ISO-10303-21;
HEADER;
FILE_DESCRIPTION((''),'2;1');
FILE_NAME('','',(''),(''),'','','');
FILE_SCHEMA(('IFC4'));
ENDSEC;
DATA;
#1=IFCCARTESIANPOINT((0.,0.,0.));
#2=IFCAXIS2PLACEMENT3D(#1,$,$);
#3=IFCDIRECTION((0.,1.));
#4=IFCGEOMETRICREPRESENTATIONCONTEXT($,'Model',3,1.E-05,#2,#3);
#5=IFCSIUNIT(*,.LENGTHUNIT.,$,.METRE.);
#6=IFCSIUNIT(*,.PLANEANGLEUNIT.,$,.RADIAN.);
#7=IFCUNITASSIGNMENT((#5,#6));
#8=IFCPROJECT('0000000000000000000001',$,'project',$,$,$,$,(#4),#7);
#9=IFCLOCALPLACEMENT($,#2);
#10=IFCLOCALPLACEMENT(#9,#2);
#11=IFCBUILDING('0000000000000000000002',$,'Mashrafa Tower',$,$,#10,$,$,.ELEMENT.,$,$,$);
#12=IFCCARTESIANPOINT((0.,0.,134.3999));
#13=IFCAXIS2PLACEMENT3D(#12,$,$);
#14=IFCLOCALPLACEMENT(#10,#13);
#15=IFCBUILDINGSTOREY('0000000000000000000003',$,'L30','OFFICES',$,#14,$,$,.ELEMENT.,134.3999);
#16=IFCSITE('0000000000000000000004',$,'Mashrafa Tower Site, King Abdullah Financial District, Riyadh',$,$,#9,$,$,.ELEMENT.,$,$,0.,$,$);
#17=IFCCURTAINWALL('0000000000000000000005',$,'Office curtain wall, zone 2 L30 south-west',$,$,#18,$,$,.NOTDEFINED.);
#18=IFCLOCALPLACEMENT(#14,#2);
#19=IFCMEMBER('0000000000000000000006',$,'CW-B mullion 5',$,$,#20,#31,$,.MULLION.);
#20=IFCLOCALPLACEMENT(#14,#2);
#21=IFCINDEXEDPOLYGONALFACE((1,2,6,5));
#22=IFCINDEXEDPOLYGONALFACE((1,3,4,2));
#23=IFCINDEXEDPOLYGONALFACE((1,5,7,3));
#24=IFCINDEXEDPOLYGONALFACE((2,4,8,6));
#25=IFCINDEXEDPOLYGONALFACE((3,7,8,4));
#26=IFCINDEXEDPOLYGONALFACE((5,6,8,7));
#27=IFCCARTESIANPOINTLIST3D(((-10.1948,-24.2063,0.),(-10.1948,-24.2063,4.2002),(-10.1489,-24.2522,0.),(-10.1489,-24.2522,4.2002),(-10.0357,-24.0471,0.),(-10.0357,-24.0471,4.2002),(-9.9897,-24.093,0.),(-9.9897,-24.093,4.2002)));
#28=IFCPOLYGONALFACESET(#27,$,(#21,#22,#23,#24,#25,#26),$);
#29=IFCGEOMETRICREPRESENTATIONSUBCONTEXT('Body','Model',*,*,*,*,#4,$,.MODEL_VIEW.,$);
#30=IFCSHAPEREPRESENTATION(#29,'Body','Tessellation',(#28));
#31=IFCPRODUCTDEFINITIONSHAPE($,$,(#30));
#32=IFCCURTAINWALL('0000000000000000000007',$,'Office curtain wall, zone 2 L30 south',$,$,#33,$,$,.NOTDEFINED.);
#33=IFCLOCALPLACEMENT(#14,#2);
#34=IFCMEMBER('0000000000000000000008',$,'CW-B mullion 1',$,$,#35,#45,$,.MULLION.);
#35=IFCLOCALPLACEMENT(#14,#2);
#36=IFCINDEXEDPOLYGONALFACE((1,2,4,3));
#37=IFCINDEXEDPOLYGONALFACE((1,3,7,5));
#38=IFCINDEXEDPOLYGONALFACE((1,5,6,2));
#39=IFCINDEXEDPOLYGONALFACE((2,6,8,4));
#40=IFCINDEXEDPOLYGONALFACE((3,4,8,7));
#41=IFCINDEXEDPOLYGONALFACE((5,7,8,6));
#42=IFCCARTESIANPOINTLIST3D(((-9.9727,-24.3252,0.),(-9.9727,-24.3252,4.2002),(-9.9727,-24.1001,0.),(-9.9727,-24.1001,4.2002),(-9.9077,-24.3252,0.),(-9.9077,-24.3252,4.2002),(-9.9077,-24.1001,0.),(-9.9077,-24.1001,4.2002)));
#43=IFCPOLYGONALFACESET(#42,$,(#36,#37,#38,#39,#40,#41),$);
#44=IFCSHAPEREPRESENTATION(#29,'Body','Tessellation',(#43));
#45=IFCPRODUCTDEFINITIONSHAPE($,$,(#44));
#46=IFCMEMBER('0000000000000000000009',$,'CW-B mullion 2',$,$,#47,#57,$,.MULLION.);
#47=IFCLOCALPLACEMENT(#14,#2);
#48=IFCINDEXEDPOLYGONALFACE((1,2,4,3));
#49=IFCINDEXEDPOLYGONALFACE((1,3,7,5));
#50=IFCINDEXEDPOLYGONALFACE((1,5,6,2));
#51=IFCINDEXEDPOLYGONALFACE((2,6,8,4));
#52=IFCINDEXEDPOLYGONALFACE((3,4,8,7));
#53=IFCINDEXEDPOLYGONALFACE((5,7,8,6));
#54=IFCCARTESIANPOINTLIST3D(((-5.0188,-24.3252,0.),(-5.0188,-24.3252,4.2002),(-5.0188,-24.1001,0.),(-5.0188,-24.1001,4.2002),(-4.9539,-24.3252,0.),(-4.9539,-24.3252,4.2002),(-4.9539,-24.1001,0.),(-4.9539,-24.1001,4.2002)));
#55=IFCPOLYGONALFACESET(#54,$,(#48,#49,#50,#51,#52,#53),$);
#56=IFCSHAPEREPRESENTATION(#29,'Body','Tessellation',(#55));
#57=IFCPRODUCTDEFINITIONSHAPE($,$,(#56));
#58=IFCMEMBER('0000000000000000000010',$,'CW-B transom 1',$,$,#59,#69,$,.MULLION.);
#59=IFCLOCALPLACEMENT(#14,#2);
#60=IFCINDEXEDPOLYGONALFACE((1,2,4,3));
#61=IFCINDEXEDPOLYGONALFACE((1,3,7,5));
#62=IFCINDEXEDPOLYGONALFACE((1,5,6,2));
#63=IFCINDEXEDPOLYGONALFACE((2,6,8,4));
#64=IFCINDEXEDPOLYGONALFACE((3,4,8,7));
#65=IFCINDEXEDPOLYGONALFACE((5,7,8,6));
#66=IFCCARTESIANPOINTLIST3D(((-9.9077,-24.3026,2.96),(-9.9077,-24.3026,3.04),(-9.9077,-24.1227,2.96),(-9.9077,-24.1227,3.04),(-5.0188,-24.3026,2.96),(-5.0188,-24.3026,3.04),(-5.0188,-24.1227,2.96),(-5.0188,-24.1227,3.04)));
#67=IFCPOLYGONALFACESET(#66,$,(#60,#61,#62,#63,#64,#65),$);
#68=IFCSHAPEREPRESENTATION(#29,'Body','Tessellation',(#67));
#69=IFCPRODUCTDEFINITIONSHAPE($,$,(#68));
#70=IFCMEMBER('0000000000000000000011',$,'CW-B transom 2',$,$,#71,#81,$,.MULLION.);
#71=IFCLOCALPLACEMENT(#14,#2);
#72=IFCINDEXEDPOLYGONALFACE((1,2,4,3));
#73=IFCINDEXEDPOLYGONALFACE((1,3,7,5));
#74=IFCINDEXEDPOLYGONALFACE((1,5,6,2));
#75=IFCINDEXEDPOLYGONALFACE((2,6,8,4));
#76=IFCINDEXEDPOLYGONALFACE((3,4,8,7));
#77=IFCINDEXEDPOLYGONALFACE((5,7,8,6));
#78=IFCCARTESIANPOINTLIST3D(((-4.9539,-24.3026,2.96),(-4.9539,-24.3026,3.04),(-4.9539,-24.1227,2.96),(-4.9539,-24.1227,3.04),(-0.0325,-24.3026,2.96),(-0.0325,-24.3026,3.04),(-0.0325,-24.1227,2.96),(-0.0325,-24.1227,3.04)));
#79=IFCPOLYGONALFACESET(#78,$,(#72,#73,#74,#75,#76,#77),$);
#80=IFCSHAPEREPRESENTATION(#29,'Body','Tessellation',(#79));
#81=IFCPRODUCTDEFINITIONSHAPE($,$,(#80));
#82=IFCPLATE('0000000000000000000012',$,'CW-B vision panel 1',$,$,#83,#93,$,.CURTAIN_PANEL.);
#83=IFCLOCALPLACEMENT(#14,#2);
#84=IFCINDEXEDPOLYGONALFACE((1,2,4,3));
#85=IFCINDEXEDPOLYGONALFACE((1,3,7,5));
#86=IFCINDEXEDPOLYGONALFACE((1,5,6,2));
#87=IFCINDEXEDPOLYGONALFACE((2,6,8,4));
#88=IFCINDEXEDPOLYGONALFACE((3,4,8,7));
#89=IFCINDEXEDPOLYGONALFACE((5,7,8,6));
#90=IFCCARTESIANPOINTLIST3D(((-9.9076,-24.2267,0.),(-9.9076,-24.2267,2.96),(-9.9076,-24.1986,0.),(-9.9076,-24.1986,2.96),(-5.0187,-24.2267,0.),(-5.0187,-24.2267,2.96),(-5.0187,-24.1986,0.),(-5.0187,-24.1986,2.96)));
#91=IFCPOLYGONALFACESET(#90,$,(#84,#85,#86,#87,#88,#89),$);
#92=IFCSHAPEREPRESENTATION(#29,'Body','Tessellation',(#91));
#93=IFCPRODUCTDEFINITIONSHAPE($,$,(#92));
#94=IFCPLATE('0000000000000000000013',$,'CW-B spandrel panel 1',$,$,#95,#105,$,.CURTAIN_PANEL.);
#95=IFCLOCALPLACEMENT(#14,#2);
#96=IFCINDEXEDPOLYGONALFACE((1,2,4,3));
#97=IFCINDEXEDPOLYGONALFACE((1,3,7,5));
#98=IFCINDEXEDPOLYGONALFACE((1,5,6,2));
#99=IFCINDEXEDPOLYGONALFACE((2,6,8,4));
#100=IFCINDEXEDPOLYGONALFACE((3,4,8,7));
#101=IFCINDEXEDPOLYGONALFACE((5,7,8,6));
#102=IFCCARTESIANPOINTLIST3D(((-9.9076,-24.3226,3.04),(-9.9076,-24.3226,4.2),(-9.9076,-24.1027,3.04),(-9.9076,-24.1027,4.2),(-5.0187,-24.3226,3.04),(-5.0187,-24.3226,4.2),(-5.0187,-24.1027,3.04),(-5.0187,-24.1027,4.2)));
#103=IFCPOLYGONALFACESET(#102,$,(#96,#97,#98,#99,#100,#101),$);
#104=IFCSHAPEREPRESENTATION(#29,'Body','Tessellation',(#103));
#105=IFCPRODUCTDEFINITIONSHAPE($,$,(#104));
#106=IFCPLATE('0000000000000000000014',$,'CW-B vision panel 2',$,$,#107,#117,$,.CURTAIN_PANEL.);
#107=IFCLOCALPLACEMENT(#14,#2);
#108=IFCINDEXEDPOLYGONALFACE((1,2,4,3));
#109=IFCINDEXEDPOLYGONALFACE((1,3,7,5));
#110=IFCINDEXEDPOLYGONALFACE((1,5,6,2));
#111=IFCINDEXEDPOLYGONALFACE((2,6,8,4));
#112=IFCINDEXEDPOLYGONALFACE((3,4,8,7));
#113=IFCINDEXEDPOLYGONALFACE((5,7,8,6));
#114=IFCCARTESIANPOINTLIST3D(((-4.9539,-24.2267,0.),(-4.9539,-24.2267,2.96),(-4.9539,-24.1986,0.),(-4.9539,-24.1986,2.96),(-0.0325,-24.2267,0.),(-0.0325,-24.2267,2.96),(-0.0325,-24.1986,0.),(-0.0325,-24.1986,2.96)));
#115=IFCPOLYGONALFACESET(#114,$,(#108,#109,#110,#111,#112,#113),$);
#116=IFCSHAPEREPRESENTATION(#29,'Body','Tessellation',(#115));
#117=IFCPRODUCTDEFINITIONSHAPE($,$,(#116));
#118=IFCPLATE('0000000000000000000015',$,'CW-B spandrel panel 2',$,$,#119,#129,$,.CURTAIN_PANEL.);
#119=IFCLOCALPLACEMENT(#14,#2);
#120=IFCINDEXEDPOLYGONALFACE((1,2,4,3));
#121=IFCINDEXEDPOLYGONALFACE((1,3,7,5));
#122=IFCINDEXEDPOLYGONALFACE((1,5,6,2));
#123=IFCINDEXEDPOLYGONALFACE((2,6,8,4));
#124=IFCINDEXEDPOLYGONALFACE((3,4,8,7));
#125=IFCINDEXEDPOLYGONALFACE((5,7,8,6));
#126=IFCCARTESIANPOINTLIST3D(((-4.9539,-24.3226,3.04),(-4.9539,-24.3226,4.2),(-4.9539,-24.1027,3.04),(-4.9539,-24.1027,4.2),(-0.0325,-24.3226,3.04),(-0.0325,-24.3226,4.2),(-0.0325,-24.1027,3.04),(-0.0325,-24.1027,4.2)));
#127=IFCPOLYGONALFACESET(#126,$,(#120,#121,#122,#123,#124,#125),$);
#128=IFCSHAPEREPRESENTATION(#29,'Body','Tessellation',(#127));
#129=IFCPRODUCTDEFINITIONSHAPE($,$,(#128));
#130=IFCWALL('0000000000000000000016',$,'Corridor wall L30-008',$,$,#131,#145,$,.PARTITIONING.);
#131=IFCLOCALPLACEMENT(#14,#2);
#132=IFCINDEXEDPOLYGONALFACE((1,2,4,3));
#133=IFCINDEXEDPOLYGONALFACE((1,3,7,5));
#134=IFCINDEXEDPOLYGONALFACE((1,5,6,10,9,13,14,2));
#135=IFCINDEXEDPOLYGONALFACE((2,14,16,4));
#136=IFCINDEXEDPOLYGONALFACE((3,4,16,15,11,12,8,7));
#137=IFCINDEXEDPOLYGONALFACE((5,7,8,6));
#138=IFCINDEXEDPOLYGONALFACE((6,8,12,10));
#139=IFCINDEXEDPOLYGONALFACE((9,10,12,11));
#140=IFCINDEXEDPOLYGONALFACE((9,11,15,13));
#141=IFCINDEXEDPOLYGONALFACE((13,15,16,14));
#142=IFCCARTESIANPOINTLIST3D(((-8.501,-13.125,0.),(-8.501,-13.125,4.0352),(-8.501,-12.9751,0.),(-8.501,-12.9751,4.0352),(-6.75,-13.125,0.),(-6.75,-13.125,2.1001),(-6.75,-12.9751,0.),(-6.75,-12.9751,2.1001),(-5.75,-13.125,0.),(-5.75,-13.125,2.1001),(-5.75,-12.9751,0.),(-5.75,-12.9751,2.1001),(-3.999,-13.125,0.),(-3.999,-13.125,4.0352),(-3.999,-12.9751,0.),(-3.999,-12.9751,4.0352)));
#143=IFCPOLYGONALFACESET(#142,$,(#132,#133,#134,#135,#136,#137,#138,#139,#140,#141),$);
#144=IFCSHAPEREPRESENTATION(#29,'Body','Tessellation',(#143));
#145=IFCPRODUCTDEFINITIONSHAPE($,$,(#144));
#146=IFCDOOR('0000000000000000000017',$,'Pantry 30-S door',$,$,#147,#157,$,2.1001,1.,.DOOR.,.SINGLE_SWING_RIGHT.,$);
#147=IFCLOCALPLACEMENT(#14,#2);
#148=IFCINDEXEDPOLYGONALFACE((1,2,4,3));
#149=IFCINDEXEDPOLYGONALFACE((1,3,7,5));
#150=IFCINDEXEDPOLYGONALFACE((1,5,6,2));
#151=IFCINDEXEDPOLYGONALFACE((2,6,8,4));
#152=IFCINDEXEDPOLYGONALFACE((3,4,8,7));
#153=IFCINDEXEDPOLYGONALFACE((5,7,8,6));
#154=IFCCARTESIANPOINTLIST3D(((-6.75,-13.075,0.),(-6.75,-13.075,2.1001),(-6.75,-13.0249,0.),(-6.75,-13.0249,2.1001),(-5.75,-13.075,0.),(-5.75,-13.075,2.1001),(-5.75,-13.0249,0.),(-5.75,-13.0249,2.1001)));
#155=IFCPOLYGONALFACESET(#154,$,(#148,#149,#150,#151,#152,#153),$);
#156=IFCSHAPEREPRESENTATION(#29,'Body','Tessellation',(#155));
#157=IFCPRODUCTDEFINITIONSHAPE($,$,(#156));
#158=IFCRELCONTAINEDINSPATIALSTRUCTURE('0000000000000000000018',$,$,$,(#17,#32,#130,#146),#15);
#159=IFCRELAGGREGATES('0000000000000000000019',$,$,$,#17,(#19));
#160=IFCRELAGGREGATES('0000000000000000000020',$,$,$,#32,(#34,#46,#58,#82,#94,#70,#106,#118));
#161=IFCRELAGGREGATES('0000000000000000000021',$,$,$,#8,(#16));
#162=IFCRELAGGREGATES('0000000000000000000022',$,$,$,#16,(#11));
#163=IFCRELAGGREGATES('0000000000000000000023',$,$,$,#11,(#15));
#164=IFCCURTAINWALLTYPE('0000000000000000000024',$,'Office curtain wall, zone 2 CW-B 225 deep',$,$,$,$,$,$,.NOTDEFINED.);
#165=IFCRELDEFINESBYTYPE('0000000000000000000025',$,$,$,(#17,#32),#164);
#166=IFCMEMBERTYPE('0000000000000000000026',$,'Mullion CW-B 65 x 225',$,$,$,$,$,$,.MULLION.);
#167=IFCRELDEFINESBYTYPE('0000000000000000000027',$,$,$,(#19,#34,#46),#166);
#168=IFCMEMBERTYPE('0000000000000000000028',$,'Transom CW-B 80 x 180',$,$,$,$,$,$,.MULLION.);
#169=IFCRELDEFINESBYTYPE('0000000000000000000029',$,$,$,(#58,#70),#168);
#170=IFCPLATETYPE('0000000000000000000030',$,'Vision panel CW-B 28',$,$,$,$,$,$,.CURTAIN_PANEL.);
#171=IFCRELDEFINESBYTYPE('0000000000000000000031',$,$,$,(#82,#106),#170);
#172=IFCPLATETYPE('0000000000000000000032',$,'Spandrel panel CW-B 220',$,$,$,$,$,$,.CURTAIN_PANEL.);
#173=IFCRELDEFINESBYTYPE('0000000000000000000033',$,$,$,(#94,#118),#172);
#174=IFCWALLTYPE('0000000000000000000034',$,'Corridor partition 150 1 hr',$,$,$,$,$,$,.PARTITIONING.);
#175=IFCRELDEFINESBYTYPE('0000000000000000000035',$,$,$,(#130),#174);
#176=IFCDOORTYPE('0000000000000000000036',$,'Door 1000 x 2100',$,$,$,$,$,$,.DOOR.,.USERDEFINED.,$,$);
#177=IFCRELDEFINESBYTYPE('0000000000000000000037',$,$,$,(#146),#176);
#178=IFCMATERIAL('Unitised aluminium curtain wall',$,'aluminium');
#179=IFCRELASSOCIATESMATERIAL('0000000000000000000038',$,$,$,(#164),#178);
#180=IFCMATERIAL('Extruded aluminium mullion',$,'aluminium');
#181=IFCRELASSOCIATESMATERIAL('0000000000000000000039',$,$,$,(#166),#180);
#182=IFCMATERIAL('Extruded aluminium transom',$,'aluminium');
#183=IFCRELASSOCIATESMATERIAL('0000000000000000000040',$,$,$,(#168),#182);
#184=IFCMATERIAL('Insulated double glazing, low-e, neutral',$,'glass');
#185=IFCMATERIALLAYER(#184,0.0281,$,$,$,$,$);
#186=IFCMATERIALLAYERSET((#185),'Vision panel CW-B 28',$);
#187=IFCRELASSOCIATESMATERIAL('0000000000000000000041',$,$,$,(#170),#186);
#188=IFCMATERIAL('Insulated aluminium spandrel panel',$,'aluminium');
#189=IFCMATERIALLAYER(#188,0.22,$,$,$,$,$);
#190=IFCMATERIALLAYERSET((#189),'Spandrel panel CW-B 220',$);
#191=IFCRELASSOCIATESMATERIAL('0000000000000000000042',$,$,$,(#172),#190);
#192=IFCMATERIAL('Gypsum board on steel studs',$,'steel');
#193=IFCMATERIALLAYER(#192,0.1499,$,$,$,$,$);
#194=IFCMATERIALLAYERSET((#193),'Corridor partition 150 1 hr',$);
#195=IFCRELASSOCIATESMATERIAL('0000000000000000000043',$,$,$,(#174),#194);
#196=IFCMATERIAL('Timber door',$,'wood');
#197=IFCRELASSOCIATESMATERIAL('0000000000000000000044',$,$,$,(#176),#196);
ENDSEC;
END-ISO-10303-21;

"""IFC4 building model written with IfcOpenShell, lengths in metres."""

from ifc_helpers import new_model, si_unit, direction, frame, frame_2d, origin, origin_2d, place, context, subcontext, project, spatial, rectangle, extrude, source, transform, mapped, material, layer, layer_set, material_profile, profile_set, type_object, type_shapes, element, fill, aggregate, save


model = new_model("IFC4")

# Units and contexts
model_context = context("Model", 3, precision=1e-05, world=origin(), true_north=direction((0.0, 1.0)))
body_context = subcontext(model_context, "Body", "Model", "MODEL_VIEW")
ifc_project = project(units=[si_unit("LENGTHUNIT", "METRE"), si_unit("PLANEANGLEUNIT", "RADIAN")], contexts=[model_context])

# Site, building, storey
site_placement = place(None, origin())
site = spatial("IfcSite", under=ifc_project, at=site_placement, Name="Mashrafa Tower Site, King Abdullah Financial District, Riyadh", CompositionType="ELEMENT", RefElevation=0.0)
building_placement = place(site_placement, origin())
building = spatial("IfcBuilding", under=site, at=building_placement, Name="Mashrafa Tower", CompositionType="ELEMENT")
storey_placement = place(building_placement, frame((0.0, 0.0, 134.3999)))
storey = spatial("IfcBuildingStorey", under=building, at=storey_placement, Name="L30", Description="OFFICES", CompositionType="ELEMENT", Elevation=134.3999)

# Curtain wall, member
ifc_material_1 = material(Name="Unitised aluminium curtain wall", Category="aluminium")
curtain_wall_type = type_object("IfcCurtainWallType", Name="Office curtain wall, zone 2 CW-B 225 deep", PredefinedType="NOTDEFINED", material=ifc_material_1)
curtain_wall_1_placement = place(storey_placement, origin())
curtain_wall_1 = element("IfcCurtainWall", 1, at=curtain_wall_1_placement, inside=storey, type_object=curtain_wall_type, Name="Office curtain wall, zone 2 L30 south-west", PredefinedType="NOTDEFINED")
ifc_material_2 = material(Name="Extruded aluminium mullion", Category="aluminium")
ifc_material_profile_1 = material_profile(ifc_material_2, rectangle(XDim=0.2251, YDim=0.0649, at=origin_2d()), Name="Mullion 65x225")
ifc_profile_set_1 = profile_set([ifc_material_profile_1], Name="Extruded aluminium mullion")
member_type_1 = type_object("IfcMemberType", Name="Mullion CW-B 65 x 225", PredefinedType="MULLION", material=ifc_profile_set_1)
shared_shape_1 = source(origin(), body_context, "Body", "SweptSolid", [
    extrude(rectangle(XDim=0.2251, YDim=0.0649, at=origin_2d()), origin(), (0.0, 0.0, 1.0), 4.2002),
])
type_shapes(member_type_1, [shared_shape_1])
member_1_placement = place(storey_placement, frame((-10.0923, -24.1497, 0.0), z_axis=(0.0, 0.0, 1.0), x_axis=(0.707107, 0.707107, 0.0)))
member_1 = element("IfcMember", 2, at=member_1_placement, type_object=member_type_1, Name="CW-B mullion 5", PredefinedType="MULLION", context=body_context, shape_type="MappedRepresentation", body=[
    mapped(shared_shape_1, transform((0.0, 0.0, 0.0))),
])
aggregate(curtain_wall_1, [member_1])

# Curtain wall, members, plates
curtain_wall_2_placement = place(storey_placement, origin())
curtain_wall_2 = element("IfcCurtainWall", 3, at=curtain_wall_2_placement, inside=storey, type_object=curtain_wall_type, Name="Office curtain wall, zone 2 L30 south", PredefinedType="NOTDEFINED")
member_2_placement = place(storey_placement, frame((-9.9402, -24.2126, 0.0), z_axis=(0.0, 0.0, 1.0), x_axis=(0.0, 1.0, 0.0)))
member_2 = element("IfcMember", 4, at=member_2_placement, type_object=member_type_1, Name="CW-B mullion 1", PredefinedType="MULLION", context=body_context, shape_type="MappedRepresentation", body=[
    mapped(shared_shape_1, transform((0.0, 0.0, 0.0))),
])
member_3_placement = place(storey_placement, frame((-4.9863, -24.2126, 0.0), z_axis=(0.0, 0.0, 1.0), x_axis=(0.0, 1.0, 0.0)))
member_3 = element("IfcMember", 5, at=member_3_placement, type_object=member_type_1, Name="CW-B mullion 2", PredefinedType="MULLION", context=body_context, shape_type="MappedRepresentation", body=[
    mapped(shared_shape_1, transform((0.0, 0.0, 0.0))),
])
ifc_material_3 = material(Name="Extruded aluminium transom", Category="aluminium")
ifc_material_profile_2 = material_profile(ifc_material_3, rectangle(XDim=0.1799, YDim=0.0801, at=origin_2d()), Name="Transom 80x180")
ifc_profile_set_2 = profile_set([ifc_material_profile_2], Name="Extruded aluminium transom")
member_type_2 = type_object("IfcMemberType", Name="Transom CW-B 80 x 180", PredefinedType="MULLION", material=ifc_profile_set_2)
shared_shape_2 = source(origin(), body_context, "Body", "SweptSolid", [
    extrude(rectangle(XDim=0.1799, YDim=0.0801, at=origin_2d()), origin(), (0.0, 0.0, 1.0), 4.8889),
])
member_4_placement = place(storey_placement, frame((-9.9077, -24.2126, 3.0), z_axis=(1.0, 0.0, 0.0), x_axis=(0.0, 1.0, 0.0)))
member_4 = element("IfcMember", 6, at=member_4_placement, type_object=member_type_2, Name="CW-B transom 1", PredefinedType="MULLION", context=body_context, shape_type="MappedRepresentation", body=[
    mapped(shared_shape_2, transform((0.0, 0.0, 0.0))),
])
shared_shape_3 = source(origin(), body_context, "Body", "SweptSolid", [
    extrude(rectangle(XDim=0.1799, YDim=0.0801, at=origin_2d()), origin(), (0.0, 0.0, 1.0), 4.9214),
])
type_shapes(member_type_2, [shared_shape_2, shared_shape_3])
member_5_placement = place(storey_placement, frame((-4.9539, -24.2126, 3.0), z_axis=(1.0, 0.0, 0.0), x_axis=(0.0, 1.0, 0.0)))
member_5 = element("IfcMember", 7, at=member_5_placement, type_object=member_type_2, Name="CW-B transom 2", PredefinedType="MULLION", context=body_context, shape_type="MappedRepresentation", body=[
    mapped(shared_shape_3, transform((0.0, 0.0, 0.0))),
])
ifc_material_4 = material(Name="Insulated double glazing, low-e, neutral", Category="glass")
ifc_layer_1 = layer(ifc_material_4, 0.0281)
ifc_layer_set_1 = layer_set([ifc_layer_1], Name="Vision panel CW-B 28")
plate_type_1 = type_object("IfcPlateType", Name="Vision panel CW-B 28", PredefinedType="CURTAIN_PANEL", material=ifc_layer_set_1)
shared_shape_4 = source(origin(), body_context, "Body", "SweptSolid", [
    extrude(rectangle(XDim=4.8889, YDim=0.0281, at=origin_2d()), origin(), (0.0, 0.0, 1.0), 2.96),
])
plate_1_placement = place(storey_placement, frame((-7.4631, -24.2126, 0.0), z_axis=(0.0, 0.0, 1.0), x_axis=(1.0, 0.0, 0.0)))
plate_1 = element("IfcPlate", 8, at=plate_1_placement, type_object=plate_type_1, Name="CW-B vision panel 1", PredefinedType="CURTAIN_PANEL", context=body_context, shape_type="MappedRepresentation", body=[
    mapped(shared_shape_4, transform((0.0, 0.0, 0.0))),
])
ifc_material_5 = material(Name="Insulated aluminium spandrel panel", Category="aluminium")
ifc_layer_2 = layer(ifc_material_5, 0.22)
ifc_layer_set_2 = layer_set([ifc_layer_2], Name="Spandrel panel CW-B 220")
plate_type_2 = type_object("IfcPlateType", Name="Spandrel panel CW-B 220", PredefinedType="CURTAIN_PANEL", material=ifc_layer_set_2)
shared_shape_5 = source(origin(), body_context, "Body", "SweptSolid", [
    extrude(rectangle(XDim=4.8889, YDim=0.22, at=origin_2d()), origin(), (0.0, 0.0, 1.0), 1.1599),
])
plate_2_placement = place(storey_placement, frame((-7.4631, -24.2126, 3.04), z_axis=(0.0, 0.0, 1.0), x_axis=(1.0, 0.0, 0.0)))
plate_2 = element("IfcPlate", 9, at=plate_2_placement, type_object=plate_type_2, Name="CW-B spandrel panel 1", PredefinedType="CURTAIN_PANEL", context=body_context, shape_type="MappedRepresentation", body=[
    mapped(shared_shape_5, transform((0.0, 0.0, 0.0))),
])
shared_shape_6 = source(origin(), body_context, "Body", "SweptSolid", [
    extrude(rectangle(XDim=4.9214, YDim=0.0281, at=origin_2d()), origin(), (0.0, 0.0, 1.0), 2.96),
])
type_shapes(plate_type_1, [shared_shape_4, shared_shape_6])
plate_3_placement = place(storey_placement, frame((-2.4932, -24.2126, 0.0), z_axis=(0.0, 0.0, 1.0), x_axis=(1.0, 0.0, 0.0)))
plate_3 = element("IfcPlate", 10, at=plate_3_placement, type_object=plate_type_1, Name="CW-B vision panel 2", PredefinedType="CURTAIN_PANEL", context=body_context, shape_type="MappedRepresentation", body=[
    mapped(shared_shape_6, transform((0.0, 0.0, 0.0))),
])
shared_shape_7 = source(origin(), body_context, "Body", "SweptSolid", [
    extrude(rectangle(XDim=4.9214, YDim=0.22, at=origin_2d()), origin(), (0.0, 0.0, 1.0), 1.1599),
])
type_shapes(plate_type_2, [shared_shape_5, shared_shape_7])
plate_4_placement = place(storey_placement, frame((-2.4932, -24.2126, 3.04), z_axis=(0.0, 0.0, 1.0), x_axis=(1.0, 0.0, 0.0)))
plate_4 = element("IfcPlate", 11, at=plate_4_placement, type_object=plate_type_2, Name="CW-B spandrel panel 2", PredefinedType="CURTAIN_PANEL", context=body_context, shape_type="MappedRepresentation", body=[
    mapped(shared_shape_7, transform((0.0, 0.0, 0.0))),
])
aggregate(curtain_wall_2, [member_2, member_3, member_4, plate_1, plate_2, member_5, plate_3, plate_4])

# Wall, opening, door
ifc_material_6 = material(Name="Gypsum board on steel studs", Category="steel")
ifc_layer_3 = layer(ifc_material_6, 0.1499)
ifc_layer_set_3 = layer_set([ifc_layer_3], Name="Corridor partition 150 1 hr")
wall_type_1 = type_object("IfcWallType", Name="Corridor partition 150 1 hr", PredefinedType="PARTITIONING", material=ifc_layer_set_3)
wall_1_placement = place(storey_placement, frame((-8.501, -13.05, 0.0), z_axis=(0.0, 0.0, 1.0), x_axis=(1.0, 0.0, 0.0)))
wall_1 = element("IfcWall", 12, at=wall_1_placement, inside=storey, type_object=wall_type_1, Name="Corridor wall L30-008", PredefinedType="PARTITIONING", context=body_context, shape_type="SweptSolid", body=[
    extrude(rectangle(XDim=4.502, YDim=0.1499, at=frame_2d((2.251, 0.0))), origin(), (0.0, 0.0, 1.0), 4.0352),
])
opening_1_placement = place(wall_1_placement, frame((1.751, 0.0, 0.0)))
opening_1 = element("IfcOpeningElement", 13, at=opening_1_placement, cuts=wall_1, PredefinedType="OPENING", context=body_context, shape_type="SweptSolid", body=[
    extrude(rectangle(XDim=1.0, YDim=2.1001, at=frame_2d((0.5, 1.05))), frame((0.0, 0.085, 0.0), z_axis=(0.0, -1.0, 0.0), x_axis=(1.0, 0.0, 0.0)), (0.0, 0.0, 1.0), 0.1699),
])
ifc_material_7 = material(Name="Timber door", Category="wood")
door_type = type_object("IfcDoorType", Name="Door 1000 x 2100", OperationType="USERDEFINED", PredefinedType="DOOR", material=ifc_material_7)
door_1_placement = place(opening_1_placement, frame((1.0, 0.0, 0.0), z_axis=(0.0, 0.0, 1.0), x_axis=(-1.0, 0.0, 0.0)))
door_1 = element("IfcDoor", 14, at=door_1_placement, inside=storey, type_object=door_type, Name="Pantry 30-S door", OperationType="SINGLE_SWING_RIGHT", OverallHeight=2.1001, OverallWidth=1.0, PredefinedType="DOOR", context=body_context, shape_type="SweptSolid", body=[
    extrude(rectangle(XDim=1.0, YDim=2.1001, at=frame_2d((0.5, 1.05))), frame((0.0, 0.0249, 0.0), z_axis=(0.0, -1.0, 0.0), x_axis=(1.0, 0.0, 0.0)), (0.0, 0.0, 1.0), 0.05),
])
fill(opening_1, door_1)

save(model, "model.ifc")
